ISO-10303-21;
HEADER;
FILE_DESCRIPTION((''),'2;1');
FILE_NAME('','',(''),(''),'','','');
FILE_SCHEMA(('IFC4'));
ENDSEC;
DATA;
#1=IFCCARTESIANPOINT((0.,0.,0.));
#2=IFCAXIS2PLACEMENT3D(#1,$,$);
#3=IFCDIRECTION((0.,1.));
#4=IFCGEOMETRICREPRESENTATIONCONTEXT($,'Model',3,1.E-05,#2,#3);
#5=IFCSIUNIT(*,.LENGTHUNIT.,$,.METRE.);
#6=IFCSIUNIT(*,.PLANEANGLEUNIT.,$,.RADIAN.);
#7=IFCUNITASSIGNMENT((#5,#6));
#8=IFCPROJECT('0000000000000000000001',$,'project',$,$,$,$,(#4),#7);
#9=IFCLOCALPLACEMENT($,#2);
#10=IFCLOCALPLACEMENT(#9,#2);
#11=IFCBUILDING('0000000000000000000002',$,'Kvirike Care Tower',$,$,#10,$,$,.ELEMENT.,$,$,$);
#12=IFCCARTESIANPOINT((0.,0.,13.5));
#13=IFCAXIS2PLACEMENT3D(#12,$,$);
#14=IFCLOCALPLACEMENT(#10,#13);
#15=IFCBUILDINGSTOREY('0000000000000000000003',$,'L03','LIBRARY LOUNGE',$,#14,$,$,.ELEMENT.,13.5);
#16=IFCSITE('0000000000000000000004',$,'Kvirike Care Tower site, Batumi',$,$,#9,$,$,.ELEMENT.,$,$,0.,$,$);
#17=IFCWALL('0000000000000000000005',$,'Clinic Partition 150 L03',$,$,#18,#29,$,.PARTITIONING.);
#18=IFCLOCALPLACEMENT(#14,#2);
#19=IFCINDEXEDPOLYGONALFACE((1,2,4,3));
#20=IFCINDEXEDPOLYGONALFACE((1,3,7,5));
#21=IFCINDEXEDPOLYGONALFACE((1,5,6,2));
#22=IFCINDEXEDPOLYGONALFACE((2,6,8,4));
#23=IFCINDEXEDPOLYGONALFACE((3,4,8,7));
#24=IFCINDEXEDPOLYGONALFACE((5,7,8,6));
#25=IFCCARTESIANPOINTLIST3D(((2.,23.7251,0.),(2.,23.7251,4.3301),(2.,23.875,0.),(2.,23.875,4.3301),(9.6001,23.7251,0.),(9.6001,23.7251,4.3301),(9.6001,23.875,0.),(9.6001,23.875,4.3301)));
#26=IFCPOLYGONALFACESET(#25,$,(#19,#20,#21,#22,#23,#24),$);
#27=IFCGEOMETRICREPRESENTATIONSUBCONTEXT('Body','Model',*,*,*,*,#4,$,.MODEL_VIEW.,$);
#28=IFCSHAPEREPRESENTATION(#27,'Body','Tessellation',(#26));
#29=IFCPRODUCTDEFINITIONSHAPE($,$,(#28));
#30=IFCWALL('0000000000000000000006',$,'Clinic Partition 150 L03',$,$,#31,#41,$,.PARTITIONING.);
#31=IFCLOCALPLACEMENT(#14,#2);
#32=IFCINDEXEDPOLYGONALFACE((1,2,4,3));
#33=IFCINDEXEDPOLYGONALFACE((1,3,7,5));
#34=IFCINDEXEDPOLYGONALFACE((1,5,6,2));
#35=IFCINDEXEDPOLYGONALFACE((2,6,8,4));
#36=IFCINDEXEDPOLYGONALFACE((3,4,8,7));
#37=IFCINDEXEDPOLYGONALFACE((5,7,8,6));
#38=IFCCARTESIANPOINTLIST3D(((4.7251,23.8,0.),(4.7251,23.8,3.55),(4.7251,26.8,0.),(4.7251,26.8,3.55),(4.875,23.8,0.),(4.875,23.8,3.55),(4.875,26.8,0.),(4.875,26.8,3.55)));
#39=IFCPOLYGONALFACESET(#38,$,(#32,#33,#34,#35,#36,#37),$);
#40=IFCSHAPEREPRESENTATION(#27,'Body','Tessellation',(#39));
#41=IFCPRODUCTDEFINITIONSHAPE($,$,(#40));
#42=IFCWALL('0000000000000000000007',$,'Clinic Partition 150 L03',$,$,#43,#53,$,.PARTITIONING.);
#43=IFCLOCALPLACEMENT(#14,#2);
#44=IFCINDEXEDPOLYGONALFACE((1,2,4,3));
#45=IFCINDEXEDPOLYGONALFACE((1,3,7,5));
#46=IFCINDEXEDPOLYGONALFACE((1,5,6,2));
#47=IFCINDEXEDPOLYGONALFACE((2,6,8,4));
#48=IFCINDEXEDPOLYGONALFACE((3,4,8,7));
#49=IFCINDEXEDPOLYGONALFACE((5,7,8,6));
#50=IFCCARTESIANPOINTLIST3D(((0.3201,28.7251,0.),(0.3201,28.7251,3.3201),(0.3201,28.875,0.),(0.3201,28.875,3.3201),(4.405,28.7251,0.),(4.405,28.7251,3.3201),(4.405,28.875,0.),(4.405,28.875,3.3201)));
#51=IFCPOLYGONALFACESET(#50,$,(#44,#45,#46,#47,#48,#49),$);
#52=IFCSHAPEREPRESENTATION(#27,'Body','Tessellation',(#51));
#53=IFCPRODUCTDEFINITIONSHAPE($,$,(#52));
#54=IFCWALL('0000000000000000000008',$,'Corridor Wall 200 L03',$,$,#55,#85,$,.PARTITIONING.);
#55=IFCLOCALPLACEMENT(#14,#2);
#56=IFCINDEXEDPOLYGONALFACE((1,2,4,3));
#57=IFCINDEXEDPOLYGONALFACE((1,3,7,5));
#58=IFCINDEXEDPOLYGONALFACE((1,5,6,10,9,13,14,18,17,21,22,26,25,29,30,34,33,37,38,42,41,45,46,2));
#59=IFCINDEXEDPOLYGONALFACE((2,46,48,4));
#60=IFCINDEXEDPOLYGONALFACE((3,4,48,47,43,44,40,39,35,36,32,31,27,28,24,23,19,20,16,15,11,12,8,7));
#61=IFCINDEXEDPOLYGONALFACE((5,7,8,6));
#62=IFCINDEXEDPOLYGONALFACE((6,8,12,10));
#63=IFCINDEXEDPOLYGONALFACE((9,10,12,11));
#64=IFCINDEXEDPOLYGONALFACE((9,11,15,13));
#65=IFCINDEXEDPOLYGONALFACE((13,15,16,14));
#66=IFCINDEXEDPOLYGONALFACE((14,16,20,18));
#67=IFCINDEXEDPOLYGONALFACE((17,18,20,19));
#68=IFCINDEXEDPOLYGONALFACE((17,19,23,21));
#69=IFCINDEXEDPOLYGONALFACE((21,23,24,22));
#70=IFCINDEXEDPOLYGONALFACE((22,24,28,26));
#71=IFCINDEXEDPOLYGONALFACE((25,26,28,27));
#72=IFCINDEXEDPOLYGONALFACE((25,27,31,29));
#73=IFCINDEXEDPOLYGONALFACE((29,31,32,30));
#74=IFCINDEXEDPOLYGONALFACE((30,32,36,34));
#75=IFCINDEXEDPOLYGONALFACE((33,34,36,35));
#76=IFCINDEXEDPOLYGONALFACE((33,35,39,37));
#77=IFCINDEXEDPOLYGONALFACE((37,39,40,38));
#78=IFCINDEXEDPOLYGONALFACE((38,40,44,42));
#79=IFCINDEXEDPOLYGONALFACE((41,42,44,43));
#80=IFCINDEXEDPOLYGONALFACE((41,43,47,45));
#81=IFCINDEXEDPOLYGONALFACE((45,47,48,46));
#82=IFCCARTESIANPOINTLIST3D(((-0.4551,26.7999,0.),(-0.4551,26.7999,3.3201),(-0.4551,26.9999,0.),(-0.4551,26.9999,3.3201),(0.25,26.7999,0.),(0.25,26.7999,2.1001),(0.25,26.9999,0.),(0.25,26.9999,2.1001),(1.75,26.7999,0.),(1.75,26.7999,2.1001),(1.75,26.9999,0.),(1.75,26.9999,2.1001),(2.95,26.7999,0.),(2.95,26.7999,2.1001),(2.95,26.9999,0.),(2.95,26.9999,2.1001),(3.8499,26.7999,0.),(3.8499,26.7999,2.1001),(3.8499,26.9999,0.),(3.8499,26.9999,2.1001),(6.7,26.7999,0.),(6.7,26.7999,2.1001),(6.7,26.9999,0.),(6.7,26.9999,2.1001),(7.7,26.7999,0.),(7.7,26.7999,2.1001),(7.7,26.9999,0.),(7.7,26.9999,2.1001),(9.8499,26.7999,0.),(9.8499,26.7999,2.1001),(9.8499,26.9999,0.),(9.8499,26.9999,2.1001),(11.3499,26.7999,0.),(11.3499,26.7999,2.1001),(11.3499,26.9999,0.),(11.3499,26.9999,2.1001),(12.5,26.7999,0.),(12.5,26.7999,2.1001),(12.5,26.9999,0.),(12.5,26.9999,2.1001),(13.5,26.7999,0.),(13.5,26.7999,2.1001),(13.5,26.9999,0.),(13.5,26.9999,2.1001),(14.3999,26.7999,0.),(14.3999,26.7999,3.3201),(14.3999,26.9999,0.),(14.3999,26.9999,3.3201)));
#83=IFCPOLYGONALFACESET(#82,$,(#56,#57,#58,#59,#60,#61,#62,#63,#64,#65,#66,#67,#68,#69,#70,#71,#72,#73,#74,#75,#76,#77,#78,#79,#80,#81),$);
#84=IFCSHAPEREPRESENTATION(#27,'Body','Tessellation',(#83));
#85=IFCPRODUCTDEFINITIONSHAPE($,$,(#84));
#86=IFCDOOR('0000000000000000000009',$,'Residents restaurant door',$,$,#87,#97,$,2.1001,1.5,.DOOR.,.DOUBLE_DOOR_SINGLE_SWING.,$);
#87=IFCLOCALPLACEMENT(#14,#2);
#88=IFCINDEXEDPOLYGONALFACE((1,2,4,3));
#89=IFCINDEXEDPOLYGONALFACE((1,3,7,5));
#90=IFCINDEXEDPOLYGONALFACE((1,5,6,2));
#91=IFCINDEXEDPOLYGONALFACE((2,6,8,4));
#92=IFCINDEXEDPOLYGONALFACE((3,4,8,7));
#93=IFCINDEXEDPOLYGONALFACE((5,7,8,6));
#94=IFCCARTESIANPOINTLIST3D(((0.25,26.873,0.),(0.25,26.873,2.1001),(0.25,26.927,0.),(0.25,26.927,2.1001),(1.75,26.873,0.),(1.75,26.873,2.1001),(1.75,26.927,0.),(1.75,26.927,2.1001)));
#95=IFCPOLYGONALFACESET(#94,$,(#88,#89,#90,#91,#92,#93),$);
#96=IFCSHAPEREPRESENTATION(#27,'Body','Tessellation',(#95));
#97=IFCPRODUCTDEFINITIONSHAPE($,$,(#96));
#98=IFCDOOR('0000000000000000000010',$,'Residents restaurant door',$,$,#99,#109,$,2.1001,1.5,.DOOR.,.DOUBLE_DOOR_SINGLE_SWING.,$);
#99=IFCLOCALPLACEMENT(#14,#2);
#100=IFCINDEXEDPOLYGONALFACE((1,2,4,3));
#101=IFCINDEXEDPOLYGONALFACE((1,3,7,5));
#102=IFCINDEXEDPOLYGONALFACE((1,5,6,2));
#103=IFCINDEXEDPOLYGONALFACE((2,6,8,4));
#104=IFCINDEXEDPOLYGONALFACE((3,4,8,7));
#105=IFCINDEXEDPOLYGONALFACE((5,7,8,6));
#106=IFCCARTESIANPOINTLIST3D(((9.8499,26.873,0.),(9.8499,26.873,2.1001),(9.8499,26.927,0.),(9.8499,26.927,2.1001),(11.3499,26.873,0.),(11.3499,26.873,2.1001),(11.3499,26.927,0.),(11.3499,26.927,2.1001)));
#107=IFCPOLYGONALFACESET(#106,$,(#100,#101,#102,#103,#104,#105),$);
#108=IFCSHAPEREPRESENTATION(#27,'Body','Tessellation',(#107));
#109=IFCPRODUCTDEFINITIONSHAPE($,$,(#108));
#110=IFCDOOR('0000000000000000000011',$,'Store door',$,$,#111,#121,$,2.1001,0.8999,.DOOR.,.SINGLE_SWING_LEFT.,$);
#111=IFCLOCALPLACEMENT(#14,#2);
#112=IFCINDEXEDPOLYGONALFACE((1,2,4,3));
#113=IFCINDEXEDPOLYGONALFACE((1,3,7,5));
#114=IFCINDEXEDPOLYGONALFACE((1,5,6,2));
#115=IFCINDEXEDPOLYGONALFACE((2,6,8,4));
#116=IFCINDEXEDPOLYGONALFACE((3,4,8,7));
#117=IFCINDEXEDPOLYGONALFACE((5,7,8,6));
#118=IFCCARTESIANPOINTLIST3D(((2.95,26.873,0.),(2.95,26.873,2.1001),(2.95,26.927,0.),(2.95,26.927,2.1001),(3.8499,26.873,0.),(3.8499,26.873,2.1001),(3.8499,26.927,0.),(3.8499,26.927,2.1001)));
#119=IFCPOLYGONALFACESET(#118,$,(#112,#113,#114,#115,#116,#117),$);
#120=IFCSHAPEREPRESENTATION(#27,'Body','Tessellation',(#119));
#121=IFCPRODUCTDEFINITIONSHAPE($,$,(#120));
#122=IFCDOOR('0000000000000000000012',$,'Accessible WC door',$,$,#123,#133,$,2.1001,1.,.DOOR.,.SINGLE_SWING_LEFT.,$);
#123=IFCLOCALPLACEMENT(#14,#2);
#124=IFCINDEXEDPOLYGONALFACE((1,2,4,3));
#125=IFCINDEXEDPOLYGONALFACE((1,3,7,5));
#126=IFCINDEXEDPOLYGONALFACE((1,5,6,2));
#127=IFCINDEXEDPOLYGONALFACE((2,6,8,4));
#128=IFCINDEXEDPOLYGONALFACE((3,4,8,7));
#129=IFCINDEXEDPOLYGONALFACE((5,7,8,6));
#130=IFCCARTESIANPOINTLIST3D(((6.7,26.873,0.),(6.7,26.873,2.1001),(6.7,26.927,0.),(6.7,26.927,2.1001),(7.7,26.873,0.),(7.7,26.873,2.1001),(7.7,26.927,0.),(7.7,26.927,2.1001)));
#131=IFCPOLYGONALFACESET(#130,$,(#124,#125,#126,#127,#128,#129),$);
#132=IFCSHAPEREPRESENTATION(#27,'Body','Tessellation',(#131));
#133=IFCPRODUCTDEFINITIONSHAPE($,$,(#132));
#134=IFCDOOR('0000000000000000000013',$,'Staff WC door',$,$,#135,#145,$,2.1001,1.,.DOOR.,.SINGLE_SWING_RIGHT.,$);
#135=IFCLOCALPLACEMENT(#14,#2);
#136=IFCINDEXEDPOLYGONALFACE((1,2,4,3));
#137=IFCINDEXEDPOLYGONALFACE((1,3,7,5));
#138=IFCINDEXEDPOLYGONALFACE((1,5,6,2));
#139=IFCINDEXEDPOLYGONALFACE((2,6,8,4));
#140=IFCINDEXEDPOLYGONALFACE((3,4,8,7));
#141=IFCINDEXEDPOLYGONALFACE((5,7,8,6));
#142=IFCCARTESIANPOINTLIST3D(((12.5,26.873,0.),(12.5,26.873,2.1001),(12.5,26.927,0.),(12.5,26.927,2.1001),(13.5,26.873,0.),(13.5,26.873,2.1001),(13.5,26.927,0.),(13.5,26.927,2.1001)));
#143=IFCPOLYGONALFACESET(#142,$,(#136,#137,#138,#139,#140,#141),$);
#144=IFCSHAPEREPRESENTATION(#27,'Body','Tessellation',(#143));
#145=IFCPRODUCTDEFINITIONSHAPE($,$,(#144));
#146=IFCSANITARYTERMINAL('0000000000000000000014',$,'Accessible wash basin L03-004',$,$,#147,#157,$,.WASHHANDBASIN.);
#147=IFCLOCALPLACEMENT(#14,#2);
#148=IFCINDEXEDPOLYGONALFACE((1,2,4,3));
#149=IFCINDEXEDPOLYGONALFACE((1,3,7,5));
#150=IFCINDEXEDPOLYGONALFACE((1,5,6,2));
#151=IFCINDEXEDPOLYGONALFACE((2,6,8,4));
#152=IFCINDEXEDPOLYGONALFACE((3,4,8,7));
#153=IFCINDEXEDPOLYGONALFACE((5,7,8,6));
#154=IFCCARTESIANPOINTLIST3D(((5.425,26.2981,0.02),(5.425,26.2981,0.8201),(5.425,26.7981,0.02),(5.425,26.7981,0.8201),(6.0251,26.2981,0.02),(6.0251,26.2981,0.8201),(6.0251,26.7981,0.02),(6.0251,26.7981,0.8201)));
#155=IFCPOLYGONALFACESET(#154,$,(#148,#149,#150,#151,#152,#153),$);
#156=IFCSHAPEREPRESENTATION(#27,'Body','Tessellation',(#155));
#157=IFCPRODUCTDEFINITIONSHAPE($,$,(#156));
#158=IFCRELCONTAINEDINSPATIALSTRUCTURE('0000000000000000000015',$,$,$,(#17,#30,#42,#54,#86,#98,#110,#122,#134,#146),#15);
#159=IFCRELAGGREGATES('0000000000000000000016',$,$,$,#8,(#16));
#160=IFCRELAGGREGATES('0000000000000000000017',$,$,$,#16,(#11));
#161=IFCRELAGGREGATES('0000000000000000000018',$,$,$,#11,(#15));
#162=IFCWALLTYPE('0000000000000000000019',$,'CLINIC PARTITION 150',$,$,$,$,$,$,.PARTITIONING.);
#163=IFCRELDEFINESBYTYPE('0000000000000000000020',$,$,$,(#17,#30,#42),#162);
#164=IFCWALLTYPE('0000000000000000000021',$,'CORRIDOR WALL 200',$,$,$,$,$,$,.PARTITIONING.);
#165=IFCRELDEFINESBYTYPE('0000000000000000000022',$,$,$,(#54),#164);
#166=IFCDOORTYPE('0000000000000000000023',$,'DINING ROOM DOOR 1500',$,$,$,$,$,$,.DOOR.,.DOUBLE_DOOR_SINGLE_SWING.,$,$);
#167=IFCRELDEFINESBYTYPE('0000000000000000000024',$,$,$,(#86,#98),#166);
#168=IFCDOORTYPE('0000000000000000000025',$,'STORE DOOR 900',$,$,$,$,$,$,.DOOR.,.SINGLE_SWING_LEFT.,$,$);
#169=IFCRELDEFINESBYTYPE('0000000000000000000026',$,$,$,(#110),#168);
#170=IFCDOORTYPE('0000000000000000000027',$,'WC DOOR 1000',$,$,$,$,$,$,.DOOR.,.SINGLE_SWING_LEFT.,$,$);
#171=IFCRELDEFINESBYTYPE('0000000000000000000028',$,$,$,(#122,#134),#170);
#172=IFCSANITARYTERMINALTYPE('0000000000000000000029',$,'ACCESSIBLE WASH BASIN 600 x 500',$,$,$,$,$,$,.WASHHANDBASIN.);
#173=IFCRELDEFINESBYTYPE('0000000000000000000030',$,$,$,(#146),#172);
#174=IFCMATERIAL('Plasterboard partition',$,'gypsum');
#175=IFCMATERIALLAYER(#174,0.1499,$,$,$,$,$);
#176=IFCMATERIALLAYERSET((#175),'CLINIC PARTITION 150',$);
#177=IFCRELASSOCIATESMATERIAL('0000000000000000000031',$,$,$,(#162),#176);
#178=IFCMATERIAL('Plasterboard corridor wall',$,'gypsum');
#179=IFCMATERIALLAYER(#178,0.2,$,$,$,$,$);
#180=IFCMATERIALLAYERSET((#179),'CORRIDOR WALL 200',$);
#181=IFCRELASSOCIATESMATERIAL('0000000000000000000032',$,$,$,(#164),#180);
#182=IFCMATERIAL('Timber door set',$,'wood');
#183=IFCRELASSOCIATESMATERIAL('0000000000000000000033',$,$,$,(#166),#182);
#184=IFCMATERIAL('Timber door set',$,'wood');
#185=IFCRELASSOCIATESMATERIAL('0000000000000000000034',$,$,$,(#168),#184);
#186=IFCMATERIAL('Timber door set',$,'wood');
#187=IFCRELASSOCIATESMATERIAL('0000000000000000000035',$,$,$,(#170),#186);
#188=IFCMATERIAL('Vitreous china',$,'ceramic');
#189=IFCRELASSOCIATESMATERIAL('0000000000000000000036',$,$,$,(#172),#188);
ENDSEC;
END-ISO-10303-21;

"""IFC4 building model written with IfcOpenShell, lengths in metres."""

from ifc_helpers import new_model, si_unit, direction, frame, frame_2d, origin, origin_2d, place, context, subcontext, project, spatial, rectangle, extrude, material, layer, layer_set, type_object, element, fill, save


model = new_model("IFC4")

# Units and contexts
model_context = context("Model", 3, precision=1e-05, world=origin(), true_north=direction((0.0, 1.0)))
body_context = subcontext(model_context, "Body", "Model", "MODEL_VIEW")
ifc_project = project(units=[si_unit("LENGTHUNIT", "METRE"), si_unit("PLANEANGLEUNIT", "RADIAN")], contexts=[model_context])

# Site, building, storey
site_placement = place(None, origin())
site = spatial("IfcSite", under=ifc_project, at=site_placement, Name="Kvirike Care Tower site, Batumi", CompositionType="ELEMENT", RefElevation=0.0)
building_placement = place(site_placement, origin())
building = spatial("IfcBuilding", under=site, at=building_placement, Name="Kvirike Care Tower", CompositionType="ELEMENT")
storey_placement = place(building_placement, frame((0.0, 0.0, 13.5)))
storey = spatial("IfcBuildingStorey", under=building, at=storey_placement, Name="L03", Description="LIBRARY LOUNGE", CompositionType="ELEMENT", Elevation=13.5)

# Walls
ifc_material_1 = material(Name="Plasterboard partition", Category="gypsum")
ifc_layer_1 = layer(ifc_material_1, 0.1499)
ifc_layer_set_1 = layer_set([ifc_layer_1], Name="CLINIC PARTITION 150")
wall_type_1 = type_object("IfcWallType", Name="CLINIC PARTITION 150", PredefinedType="PARTITIONING", material=ifc_layer_set_1)
wall_1_placement = place(storey_placement, frame((2.0, 23.8, 0.0), z_axis=(0.0, 0.0, 1.0), x_axis=(1.0, 0.0, 0.0)))
element("IfcWall", 1, at=wall_1_placement, inside=storey, type_object=wall_type_1, Name="Clinic Partition 150 L03", PredefinedType="PARTITIONING", context=body_context, shape_type="SweptSolid", body=[
    extrude(rectangle(XDim=7.6001, YDim=0.1499, at=frame_2d((3.8, 0.0))), origin(), (0.0, 0.0, 1.0), 4.3301),
])
wall_2_placement = place(storey_placement, frame((4.8, 23.8, 0.0), z_axis=(0.0, 0.0, 1.0), x_axis=(0.0, 1.0, 0.0)))
element("IfcWall", 2, at=wall_2_placement, inside=storey, type_object=wall_type_1, Name="Clinic Partition 150 L03", PredefinedType="PARTITIONING", context=body_context, shape_type="SweptSolid", body=[
    extrude(rectangle(XDim=3.0, YDim=0.1499, at=frame_2d((1.5, 0.0))), origin(), (0.0, 0.0, 1.0), 3.55),
])
wall_3_placement = place(storey_placement, frame((4.405, 28.8, 0.0), z_axis=(0.0, 0.0, 1.0), x_axis=(-1.0, 0.0, 0.0)))
element("IfcWall", 3, at=wall_3_placement, inside=storey, type_object=wall_type_1, Name="Clinic Partition 150 L03", PredefinedType="PARTITIONING", context=body_context, shape_type="SweptSolid", body=[
    extrude(rectangle(XDim=4.085, YDim=0.1499, at=frame_2d((2.0425, 0.0))), origin(), (0.0, 0.0, 1.0), 3.3201),
])

# Wall, openings, doors
ifc_material_2 = material(Name="Plasterboard corridor wall", Category="gypsum")
ifc_layer_2 = layer(ifc_material_2, 0.2)
ifc_layer_set_2 = layer_set([ifc_layer_2], Name="CORRIDOR WALL 200")
wall_type_2 = type_object("IfcWallType", Name="CORRIDOR WALL 200", PredefinedType="PARTITIONING", material=ifc_layer_set_2)
wall_4_placement = place(storey_placement, frame((-0.4551, 26.8999, 0.0), z_axis=(0.0, 0.0, 1.0), x_axis=(1.0, 0.0, 0.0)))
wall_4 = element("IfcWall", 4, at=wall_4_placement, inside=storey, type_object=wall_type_2, Name="Corridor Wall 200 L03", PredefinedType="PARTITIONING", context=body_context, shape_type="SweptSolid", body=[
    extrude(rectangle(XDim=14.855, YDim=0.2, at=frame_2d((7.4275, 0.0))), origin(), (0.0, 0.0, 1.0), 3.3201),
])
opening_1_placement = place(wall_4_placement, frame((0.7051, 0.0, 0.0)))
opening_1 = element("IfcOpeningElement", 5, at=opening_1_placement, cuts=wall_4, PredefinedType="OPENING", context=body_context, shape_type="SweptSolid", body=[
    extrude(rectangle(XDim=1.5, YDim=2.1001, at=frame_2d((0.75, 1.05))), frame((0.0, 0.1106, 0.0), z_axis=(0.0, -1.0, 0.0), x_axis=(1.0, 0.0, 0.0)), (0.0, 0.0, 1.0), 0.2209),
])
opening_2_placement = place(wall_4_placement, frame((10.3049, 0.0, 0.0)))
opening_2 = element("IfcOpeningElement", 6, at=opening_2_placement, cuts=wall_4, PredefinedType="OPENING", context=body_context, shape_type="SweptSolid", body=[
    extrude(rectangle(XDim=1.5, YDim=2.1001, at=frame_2d((0.75, 1.05))), frame((0.0, 0.1106, 0.0), z_axis=(0.0, -1.0, 0.0), x_axis=(1.0, 0.0, 0.0)), (0.0, 0.0, 1.0), 0.2209),
])
opening_3_placement = place(wall_4_placement, frame((3.405, 0.0, 0.0)))
opening_3 = element("IfcOpeningElement", 7, at=opening_3_placement, cuts=wall_4, PredefinedType="OPENING", context=body_context, shape_type="SweptSolid", body=[
    extrude(rectangle(XDim=0.8999, YDim=2.1001, at=frame_2d((0.45, 1.05))), frame((0.0, 0.1106, 0.0), z_axis=(0.0, -1.0, 0.0), x_axis=(1.0, 0.0, 0.0)), (0.0, 0.0, 1.0), 0.2209),
])
opening_4_placement = place(wall_4_placement, frame((7.155, 0.0, 0.0)))
opening_4 = element("IfcOpeningElement", 8, at=opening_4_placement, cuts=wall_4, PredefinedType="OPENING", context=body_context, shape_type="SweptSolid", body=[
    extrude(rectangle(XDim=1.0, YDim=2.1001, at=frame_2d((0.5, 1.05))), frame((0.0, 0.1106, 0.0), z_axis=(0.0, -1.0, 0.0), x_axis=(1.0, 0.0, 0.0)), (0.0, 0.0, 1.0), 0.2209),
])
opening_5_placement = place(wall_4_placement, frame((12.9551, 0.0, 0.0)))
opening_5 = element("IfcOpeningElement", 9, at=opening_5_placement, cuts=wall_4, PredefinedType="OPENING", context=body_context, shape_type="SweptSolid", body=[
    extrude(rectangle(XDim=1.0, YDim=2.1001, at=frame_2d((0.5, 1.05))), frame((0.0, 0.1106, 0.0), z_axis=(0.0, -1.0, 0.0), x_axis=(1.0, 0.0, 0.0)), (0.0, 0.0, 1.0), 0.2209),
])
ifc_material_3 = material(Name="Timber door set", Category="wood")
door_type_1 = type_object("IfcDoorType", Name="DINING ROOM DOOR 1500", OperationType="DOUBLE_DOOR_SINGLE_SWING", PredefinedType="DOOR", material=ifc_material_3)
door_1_placement = place(opening_1_placement, frame((1.5, 0.0, 0.0), z_axis=(0.0, 0.0, 1.0), x_axis=(-1.0, 0.0, 0.0)))
door_1 = element("IfcDoor", 10, at=door_1_placement, inside=storey, type_object=door_type_1, Name="Residents restaurant door", OperationType="DOUBLE_DOOR_SINGLE_SWING", OverallHeight=2.1001, OverallWidth=1.5, PredefinedType="DOOR", context=body_context, shape_type="SweptSolid", body=[
    extrude(rectangle(XDim=1.5, YDim=2.1001, at=frame_2d((0.75, 1.05))), frame((0.0, 0.0269, 0.0), z_axis=(0.0, -1.0, 0.0), x_axis=(1.0, 0.0, 0.0)), (0.0, 0.0, 1.0), 0.054),
])
fill(opening_1, door_1)
door_2_placement = place(opening_2_placement, frame((1.5, 0.0, 0.0), z_axis=(0.0, 0.0, 1.0), x_axis=(-1.0, 0.0, 0.0)))
door_2 = element("IfcDoor", 11, at=door_2_placement, inside=storey, type_object=door_type_1, Name="Residents restaurant door", OperationType="DOUBLE_DOOR_SINGLE_SWING", OverallHeight=2.1001, OverallWidth=1.5, PredefinedType="DOOR", context=body_context, shape_type="SweptSolid", body=[
    extrude(rectangle(XDim=1.5, YDim=2.1001, at=frame_2d((0.75, 1.05))), frame((0.0, 0.0269, 0.0), z_axis=(0.0, -1.0, 0.0), x_axis=(1.0, 0.0, 0.0)), (0.0, 0.0, 1.0), 0.054),
])
fill(opening_2, door_2)
ifc_material_4 = material(Name="Timber door set", Category="wood")
door_type_2 = type_object("IfcDoorType", Name="STORE DOOR 900", OperationType="SINGLE_SWING_LEFT", PredefinedType="DOOR", material=ifc_material_4)
door_3_placement = place(opening_3_placement, frame((0.8999, 0.0, 0.0), z_axis=(0.0, 0.0, 1.0), x_axis=(-1.0, 0.0, 0.0)))
door_3 = element("IfcDoor", 12, at=door_3_placement, inside=storey, type_object=door_type_2, Name="Store door", OperationType="SINGLE_SWING_LEFT", OverallHeight=2.1001, OverallWidth=0.8999, PredefinedType="DOOR", context=body_context, shape_type="SweptSolid", body=[
    extrude(rectangle(XDim=0.8999, YDim=2.1001, at=frame_2d((0.45, 1.05))), frame((0.0, 0.0269, 0.0), z_axis=(0.0, -1.0, 0.0), x_axis=(1.0, 0.0, 0.0)), (0.0, 0.0, 1.0), 0.054),
])
fill(opening_3, door_3)
ifc_material_5 = material(Name="Timber door set", Category="wood")
door_type_3 = type_object("IfcDoorType", Name="WC DOOR 1000", OperationType="SINGLE_SWING_LEFT", PredefinedType="DOOR", material=ifc_material_5)
door_4_placement = place(opening_4_placement, frame((1.0, 0.0, 0.0), z_axis=(0.0, 0.0, 1.0), x_axis=(-1.0, 0.0, 0.0)))
door_4 = element("IfcDoor", 13, at=door_4_placement, inside=storey, type_object=door_type_3, Name="Accessible WC door", OperationType="SINGLE_SWING_LEFT", OverallHeight=2.1001, OverallWidth=1.0, PredefinedType="DOOR", context=body_context, shape_type="SweptSolid", body=[
    extrude(rectangle(XDim=1.0, YDim=2.1001, at=frame_2d((0.5, 1.05))), frame((0.0, 0.0269, 0.0), z_axis=(0.0, -1.0, 0.0), x_axis=(1.0, 0.0, 0.0)), (0.0, 0.0, 1.0), 0.054),
])
fill(opening_4, door_4)
door_5_placement = place(opening_5_placement, frame((1.0, 0.0, 0.0), z_axis=(0.0, 0.0, 1.0), x_axis=(-1.0, 0.0, 0.0)))
door_5 = element("IfcDoor", 14, at=door_5_placement, inside=storey, type_object=door_type_3, Name="Staff WC door", OperationType="SINGLE_SWING_RIGHT", OverallHeight=2.1001, OverallWidth=1.0, PredefinedType="DOOR", context=body_context, shape_type="SweptSolid", body=[
    extrude(rectangle(XDim=1.0, YDim=2.1001, at=frame_2d((0.5, 1.05))), frame((0.0, 0.0269, 0.0), z_axis=(0.0, -1.0, 0.0), x_axis=(1.0, 0.0, 0.0)), (0.0, 0.0, 1.0), 0.054),
])
fill(opening_5, door_5)

# Sanitary terminal
ifc_material_6 = material(Name="Vitreous china", Category="ceramic")
sanitary_terminal_type_1 = type_object("IfcSanitaryTerminalType", Name="ACCESSIBLE WASH BASIN 600 x 500", PredefinedType="WASHHANDBASIN", material=ifc_material_6)
sanitary_terminal_1_placement = place(storey_placement, frame((5.7251, 26.5481, 0.02), z_axis=(0.0, 0.0, 1.0), x_axis=(1.0, 0.0, 0.0)))
element("IfcSanitaryTerminal", 15, at=sanitary_terminal_1_placement, inside=storey, type_object=sanitary_terminal_type_1, Name="Accessible wash basin L03-004", PredefinedType="WASHHANDBASIN", context=body_context, shape_type="SweptSolid", body=[
    extrude(rectangle(XDim=0.6001, YDim=0.5, at=origin_2d()), origin(), (0.0, 0.0, 1.0), 0.8),
])

save(model, "model.ifc")
